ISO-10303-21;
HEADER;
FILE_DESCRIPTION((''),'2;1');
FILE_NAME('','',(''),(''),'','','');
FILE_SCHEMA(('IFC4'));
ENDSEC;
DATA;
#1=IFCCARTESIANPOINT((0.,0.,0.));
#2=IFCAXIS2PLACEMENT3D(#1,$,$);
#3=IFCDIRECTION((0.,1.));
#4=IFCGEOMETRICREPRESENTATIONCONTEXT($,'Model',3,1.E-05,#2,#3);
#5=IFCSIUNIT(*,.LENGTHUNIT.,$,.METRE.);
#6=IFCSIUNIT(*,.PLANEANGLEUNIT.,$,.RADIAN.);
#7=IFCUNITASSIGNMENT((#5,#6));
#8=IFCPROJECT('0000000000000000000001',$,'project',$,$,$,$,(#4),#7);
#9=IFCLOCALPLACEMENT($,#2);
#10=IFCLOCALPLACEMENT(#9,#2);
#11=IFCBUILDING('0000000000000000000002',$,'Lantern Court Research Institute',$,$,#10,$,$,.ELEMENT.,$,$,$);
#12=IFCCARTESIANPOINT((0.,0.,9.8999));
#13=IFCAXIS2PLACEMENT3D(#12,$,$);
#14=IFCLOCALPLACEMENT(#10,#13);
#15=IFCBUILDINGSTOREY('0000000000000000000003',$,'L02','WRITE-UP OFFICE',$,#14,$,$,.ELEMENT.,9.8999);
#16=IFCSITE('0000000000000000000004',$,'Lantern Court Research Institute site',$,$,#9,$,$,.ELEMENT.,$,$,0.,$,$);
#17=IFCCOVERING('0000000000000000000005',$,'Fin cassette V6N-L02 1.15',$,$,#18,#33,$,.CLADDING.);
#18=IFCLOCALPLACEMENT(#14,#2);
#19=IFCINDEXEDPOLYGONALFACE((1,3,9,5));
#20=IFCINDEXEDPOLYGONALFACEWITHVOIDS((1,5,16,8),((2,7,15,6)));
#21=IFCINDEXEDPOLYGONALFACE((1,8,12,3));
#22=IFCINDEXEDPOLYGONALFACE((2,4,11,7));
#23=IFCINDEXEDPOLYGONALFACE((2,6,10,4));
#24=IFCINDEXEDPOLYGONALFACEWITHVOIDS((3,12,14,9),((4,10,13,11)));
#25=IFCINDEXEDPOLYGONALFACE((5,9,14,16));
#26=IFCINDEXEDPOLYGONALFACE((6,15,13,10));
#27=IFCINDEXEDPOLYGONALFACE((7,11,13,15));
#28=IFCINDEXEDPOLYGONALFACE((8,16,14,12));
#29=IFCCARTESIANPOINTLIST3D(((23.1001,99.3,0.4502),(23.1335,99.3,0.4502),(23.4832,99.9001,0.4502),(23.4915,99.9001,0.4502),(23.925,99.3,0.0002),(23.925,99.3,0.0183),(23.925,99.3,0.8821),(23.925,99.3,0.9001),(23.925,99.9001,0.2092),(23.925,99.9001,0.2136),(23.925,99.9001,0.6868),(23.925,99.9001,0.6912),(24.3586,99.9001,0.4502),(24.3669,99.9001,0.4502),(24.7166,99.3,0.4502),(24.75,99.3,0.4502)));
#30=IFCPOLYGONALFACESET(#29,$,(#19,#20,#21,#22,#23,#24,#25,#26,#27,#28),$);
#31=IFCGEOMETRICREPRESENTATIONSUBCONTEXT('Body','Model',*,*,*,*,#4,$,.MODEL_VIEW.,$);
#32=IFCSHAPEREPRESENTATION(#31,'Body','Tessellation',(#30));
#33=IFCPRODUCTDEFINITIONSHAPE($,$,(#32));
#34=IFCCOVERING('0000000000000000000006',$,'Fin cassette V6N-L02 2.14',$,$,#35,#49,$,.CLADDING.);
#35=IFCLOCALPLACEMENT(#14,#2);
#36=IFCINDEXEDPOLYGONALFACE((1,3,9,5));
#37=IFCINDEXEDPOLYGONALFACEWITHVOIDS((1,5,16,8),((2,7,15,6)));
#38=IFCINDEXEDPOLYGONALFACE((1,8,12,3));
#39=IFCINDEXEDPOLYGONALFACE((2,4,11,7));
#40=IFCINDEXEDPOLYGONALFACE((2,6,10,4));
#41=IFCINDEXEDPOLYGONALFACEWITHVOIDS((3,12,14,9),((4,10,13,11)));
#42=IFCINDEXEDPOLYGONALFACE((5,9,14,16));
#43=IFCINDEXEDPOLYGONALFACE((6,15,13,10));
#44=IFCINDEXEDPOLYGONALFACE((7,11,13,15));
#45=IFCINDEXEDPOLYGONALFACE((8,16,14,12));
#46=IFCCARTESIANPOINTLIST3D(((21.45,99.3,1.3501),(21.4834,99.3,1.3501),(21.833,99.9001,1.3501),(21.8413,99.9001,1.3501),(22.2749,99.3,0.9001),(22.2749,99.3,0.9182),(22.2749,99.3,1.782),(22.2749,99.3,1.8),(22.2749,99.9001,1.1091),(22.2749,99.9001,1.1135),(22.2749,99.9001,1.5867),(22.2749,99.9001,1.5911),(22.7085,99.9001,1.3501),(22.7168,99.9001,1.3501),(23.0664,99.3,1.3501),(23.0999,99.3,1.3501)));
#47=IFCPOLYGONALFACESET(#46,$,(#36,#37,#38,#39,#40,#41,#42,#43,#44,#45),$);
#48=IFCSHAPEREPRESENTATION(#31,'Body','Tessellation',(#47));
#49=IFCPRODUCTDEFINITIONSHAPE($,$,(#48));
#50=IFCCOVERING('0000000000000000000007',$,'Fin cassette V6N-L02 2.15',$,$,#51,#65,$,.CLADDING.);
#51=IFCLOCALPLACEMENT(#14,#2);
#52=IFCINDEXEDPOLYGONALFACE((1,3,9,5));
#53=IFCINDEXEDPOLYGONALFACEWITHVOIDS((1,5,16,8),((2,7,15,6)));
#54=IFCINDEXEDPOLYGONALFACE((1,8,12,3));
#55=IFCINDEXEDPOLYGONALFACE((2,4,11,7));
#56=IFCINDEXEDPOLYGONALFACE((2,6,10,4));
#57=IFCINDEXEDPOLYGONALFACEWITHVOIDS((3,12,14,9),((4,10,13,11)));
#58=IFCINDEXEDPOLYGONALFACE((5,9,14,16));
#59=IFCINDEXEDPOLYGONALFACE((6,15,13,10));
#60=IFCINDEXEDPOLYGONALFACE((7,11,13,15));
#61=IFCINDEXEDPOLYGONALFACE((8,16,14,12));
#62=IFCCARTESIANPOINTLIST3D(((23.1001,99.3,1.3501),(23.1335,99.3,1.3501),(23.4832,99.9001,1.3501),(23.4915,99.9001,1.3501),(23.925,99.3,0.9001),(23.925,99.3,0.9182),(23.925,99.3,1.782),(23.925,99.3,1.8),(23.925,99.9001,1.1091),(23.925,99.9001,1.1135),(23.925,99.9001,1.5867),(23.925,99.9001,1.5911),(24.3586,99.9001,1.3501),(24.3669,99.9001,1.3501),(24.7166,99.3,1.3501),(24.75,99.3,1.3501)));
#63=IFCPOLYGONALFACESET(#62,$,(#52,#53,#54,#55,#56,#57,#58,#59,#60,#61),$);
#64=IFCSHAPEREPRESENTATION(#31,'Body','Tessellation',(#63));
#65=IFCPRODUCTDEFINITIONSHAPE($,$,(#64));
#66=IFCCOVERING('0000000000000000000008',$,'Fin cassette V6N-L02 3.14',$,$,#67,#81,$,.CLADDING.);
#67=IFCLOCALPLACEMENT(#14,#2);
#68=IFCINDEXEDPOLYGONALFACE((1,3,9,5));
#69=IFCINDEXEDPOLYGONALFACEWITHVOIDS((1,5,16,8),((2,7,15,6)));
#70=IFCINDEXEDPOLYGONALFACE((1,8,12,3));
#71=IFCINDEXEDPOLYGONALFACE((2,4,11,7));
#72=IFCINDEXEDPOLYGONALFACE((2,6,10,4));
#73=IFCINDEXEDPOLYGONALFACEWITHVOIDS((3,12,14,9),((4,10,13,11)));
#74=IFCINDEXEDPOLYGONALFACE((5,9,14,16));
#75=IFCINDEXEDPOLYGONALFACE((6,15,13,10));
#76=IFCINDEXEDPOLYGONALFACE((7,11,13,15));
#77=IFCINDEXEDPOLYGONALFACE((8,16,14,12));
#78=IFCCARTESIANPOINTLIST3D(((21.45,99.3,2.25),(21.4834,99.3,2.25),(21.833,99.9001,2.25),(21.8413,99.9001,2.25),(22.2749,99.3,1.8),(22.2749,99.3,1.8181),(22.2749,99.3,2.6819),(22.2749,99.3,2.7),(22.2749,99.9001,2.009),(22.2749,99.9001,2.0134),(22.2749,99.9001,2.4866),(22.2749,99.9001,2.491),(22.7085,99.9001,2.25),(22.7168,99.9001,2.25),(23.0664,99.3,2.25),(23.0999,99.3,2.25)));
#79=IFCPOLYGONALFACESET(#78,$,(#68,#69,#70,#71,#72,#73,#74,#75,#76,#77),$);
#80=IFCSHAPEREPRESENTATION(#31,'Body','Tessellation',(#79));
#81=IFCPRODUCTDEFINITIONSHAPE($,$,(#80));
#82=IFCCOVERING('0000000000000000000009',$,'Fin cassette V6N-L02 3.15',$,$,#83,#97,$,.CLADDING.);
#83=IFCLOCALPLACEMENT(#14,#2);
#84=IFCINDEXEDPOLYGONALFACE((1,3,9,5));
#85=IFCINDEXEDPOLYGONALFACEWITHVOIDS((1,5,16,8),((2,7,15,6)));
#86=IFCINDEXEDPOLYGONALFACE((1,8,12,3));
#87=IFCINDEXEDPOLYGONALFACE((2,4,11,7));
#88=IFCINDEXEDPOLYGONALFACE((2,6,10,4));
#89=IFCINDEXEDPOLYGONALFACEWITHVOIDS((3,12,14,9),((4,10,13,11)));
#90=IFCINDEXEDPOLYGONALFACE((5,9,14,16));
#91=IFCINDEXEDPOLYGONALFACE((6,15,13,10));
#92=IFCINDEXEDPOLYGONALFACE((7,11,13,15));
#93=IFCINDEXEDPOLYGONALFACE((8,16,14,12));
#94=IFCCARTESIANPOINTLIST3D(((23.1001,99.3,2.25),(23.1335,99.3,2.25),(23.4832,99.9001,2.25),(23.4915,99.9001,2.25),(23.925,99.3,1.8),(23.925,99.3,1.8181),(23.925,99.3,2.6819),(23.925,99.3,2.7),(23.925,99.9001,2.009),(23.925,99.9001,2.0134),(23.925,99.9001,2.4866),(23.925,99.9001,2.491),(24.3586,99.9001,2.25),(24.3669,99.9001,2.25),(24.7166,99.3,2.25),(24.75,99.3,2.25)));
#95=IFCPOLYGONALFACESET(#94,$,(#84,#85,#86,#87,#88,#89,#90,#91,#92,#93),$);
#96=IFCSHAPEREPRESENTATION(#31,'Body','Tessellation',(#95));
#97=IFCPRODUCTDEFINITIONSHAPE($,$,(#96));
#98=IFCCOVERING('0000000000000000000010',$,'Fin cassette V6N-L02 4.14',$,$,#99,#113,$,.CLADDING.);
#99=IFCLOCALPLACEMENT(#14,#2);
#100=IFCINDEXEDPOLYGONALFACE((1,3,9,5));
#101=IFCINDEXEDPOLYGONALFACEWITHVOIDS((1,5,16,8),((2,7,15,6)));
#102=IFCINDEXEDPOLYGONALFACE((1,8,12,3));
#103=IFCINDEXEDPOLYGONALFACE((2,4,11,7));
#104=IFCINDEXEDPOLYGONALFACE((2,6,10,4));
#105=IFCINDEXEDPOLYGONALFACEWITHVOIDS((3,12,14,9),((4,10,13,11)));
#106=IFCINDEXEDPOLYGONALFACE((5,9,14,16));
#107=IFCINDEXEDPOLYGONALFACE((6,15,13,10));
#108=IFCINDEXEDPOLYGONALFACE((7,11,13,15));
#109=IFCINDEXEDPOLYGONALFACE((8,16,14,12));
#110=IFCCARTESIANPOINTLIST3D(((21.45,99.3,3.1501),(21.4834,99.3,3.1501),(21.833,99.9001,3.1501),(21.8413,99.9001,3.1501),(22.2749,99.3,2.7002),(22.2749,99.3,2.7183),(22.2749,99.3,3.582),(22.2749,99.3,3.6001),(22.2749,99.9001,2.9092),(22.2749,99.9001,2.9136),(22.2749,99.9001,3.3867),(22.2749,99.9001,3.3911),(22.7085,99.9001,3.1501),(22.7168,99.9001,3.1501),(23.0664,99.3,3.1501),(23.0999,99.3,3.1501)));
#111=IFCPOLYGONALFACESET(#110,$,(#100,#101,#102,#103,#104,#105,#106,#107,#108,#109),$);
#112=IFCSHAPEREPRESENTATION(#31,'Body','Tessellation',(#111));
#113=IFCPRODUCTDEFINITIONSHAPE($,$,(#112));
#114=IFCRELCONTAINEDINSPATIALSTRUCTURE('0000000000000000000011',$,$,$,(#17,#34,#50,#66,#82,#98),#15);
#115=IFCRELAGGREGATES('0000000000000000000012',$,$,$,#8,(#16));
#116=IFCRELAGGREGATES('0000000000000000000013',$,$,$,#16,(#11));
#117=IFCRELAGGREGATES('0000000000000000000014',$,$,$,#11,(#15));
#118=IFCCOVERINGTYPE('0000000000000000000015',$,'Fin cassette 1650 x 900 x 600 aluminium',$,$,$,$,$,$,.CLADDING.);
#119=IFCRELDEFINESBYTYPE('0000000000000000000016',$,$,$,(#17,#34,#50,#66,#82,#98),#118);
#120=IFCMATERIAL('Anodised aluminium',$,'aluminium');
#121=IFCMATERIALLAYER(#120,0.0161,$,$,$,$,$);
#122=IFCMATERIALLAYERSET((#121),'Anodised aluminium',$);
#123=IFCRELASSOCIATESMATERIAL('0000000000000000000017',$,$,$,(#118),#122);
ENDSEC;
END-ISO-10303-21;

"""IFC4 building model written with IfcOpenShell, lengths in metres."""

from ifc_helpers import new_model, entity, si_unit, direction, frame, origin, place, context, subcontext, project, spatial, material, layer, layer_set, type_object, element, save


model = new_model("IFC4")

# Units and contexts
model_context = context("Model", 3, precision=1e-05, world=origin(), true_north=direction((0.0, 1.0)))
body_context = subcontext(model_context, "Body", "Model", "MODEL_VIEW")
ifc_project = project(units=[si_unit("LENGTHUNIT", "METRE"), si_unit("PLANEANGLEUNIT", "RADIAN")], contexts=[model_context])

# Site, building, storey
site_placement = place(None, origin())
site = spatial("IfcSite", under=ifc_project, at=site_placement, Name="Lantern Court Research Institute site", CompositionType="ELEMENT", RefElevation=0.0)
building_placement = place(site_placement, origin())
building = spatial("IfcBuilding", under=site, at=building_placement, Name="Lantern Court Research Institute", CompositionType="ELEMENT")
storey_placement = place(building_placement, frame((0.0, 0.0, 9.8999)))
storey = spatial("IfcBuildingStorey", under=building, at=storey_placement, Name="L02", Description="WRITE-UP OFFICE", CompositionType="ELEMENT", Elevation=9.8999)

# Coverings
ifc_material_1 = material(Name="Anodised aluminium", Category="aluminium")
ifc_layer_1 = layer(ifc_material_1, 0.0161)
ifc_layer_set_1 = layer_set([ifc_layer_1], Name="Anodised aluminium")
covering_type_1 = type_object("IfcCoveringType", Name="Fin cassette 1650 x 900 x 600 aluminium", PredefinedType="CLADDING", material=ifc_layer_set_1)
covering_1_placement = place(storey_placement, frame((23.925, 99.3, 0.4502), z_axis=(0.0, 1.0, 0.0), x_axis=(-1.0, 0.0, 0.0)))
cartesian_point_1 = entity("IfcCartesianPoint", [0.825, 0.0])
cartesian_point_2 = entity("IfcCartesianPoint", [0.7915, 0.0])
cartesian_point_3 = entity("IfcCartesianPoint", [0.4419, 0.0])
cartesian_point_4 = entity("IfcCartesianPoint", [0.4336, 0.0])
element("IfcCovering", 1, at=covering_1_placement, inside=storey, type_object=covering_type_1, Name="Fin cassette V6N-L02 1.15", PredefinedType="CLADDING", context=body_context, shape_type="SweptSolid", body=[
    entity("IfcExtrudedAreaSolidTapered", entity("IfcArbitraryProfileDefWithVoids", "AREA", None, entity("IfcPolyline", [cartesian_point_1, entity("IfcCartesianPoint", [0.0, 0.45]), entity("IfcCartesianPoint", [-0.825, 0.0]), entity("IfcCartesianPoint", [0.0, -0.45]), cartesian_point_1]), [entity("IfcPolyline", [cartesian_point_2, entity("IfcCartesianPoint", [0.0, 0.4319]), entity("IfcCartesianPoint", [-0.7915, 0.0]), entity("IfcCartesianPoint", [0.0, -0.4319]), cartesian_point_2])]), entity("IfcAxis2Placement3D", entity("IfcCartesianPoint", [0.0, 0.0, 0.0])), entity("IfcDirection", [0.0, 0.0, 1.0]), 0.6001, entity("IfcArbitraryProfileDefWithVoids", "AREA", None, entity("IfcPolyline", [cartesian_point_3, entity("IfcCartesianPoint", [0.0, 0.241]), entity("IfcCartesianPoint", [-0.4419, 0.0]), entity("IfcCartesianPoint", [0.0, -0.241]), cartesian_point_3]), [entity("IfcPolyline", [cartesian_point_4, entity("IfcCartesianPoint", [0.0, 0.2366]), entity("IfcCartesianPoint", [-0.4336, 0.0]), entity("IfcCartesianPoint", [0.0, -0.2366]), cartesian_point_4])])),
])
covering_2_placement = place(storey_placement, frame((22.2749, 99.3, 1.3501), z_axis=(0.0, 1.0, 0.0), x_axis=(-1.0, 0.0, 0.0)))
cartesian_point_5 = entity("IfcCartesianPoint", [0.825, 0.0])
cartesian_point_6 = entity("IfcCartesianPoint", [0.7915, 0.0])
cartesian_point_7 = entity("IfcCartesianPoint", [0.4419, 0.0])
cartesian_point_8 = entity("IfcCartesianPoint", [0.4336, 0.0])
element("IfcCovering", 2, at=covering_2_placement, inside=storey, type_object=covering_type_1, Name="Fin cassette V6N-L02 2.14", PredefinedType="CLADDING", context=body_context, shape_type="SweptSolid", body=[
    entity("IfcExtrudedAreaSolidTapered", entity("IfcArbitraryProfileDefWithVoids", "AREA", None, entity("IfcPolyline", [cartesian_point_5, entity("IfcCartesianPoint", [0.0, 0.45]), entity("IfcCartesianPoint", [-0.825, 0.0]), entity("IfcCartesianPoint", [0.0, -0.45]), cartesian_point_5]), [entity("IfcPolyline", [cartesian_point_6, entity("IfcCartesianPoint", [0.0, 0.4319]), entity("IfcCartesianPoint", [-0.7915, 0.0]), entity("IfcCartesianPoint", [0.0, -0.4319]), cartesian_point_6])]), entity("IfcAxis2Placement3D", entity("IfcCartesianPoint", [0.0, 0.0, 0.0])), entity("IfcDirection", [0.0, 0.0, 1.0]), 0.6001, entity("IfcArbitraryProfileDefWithVoids", "AREA", None, entity("IfcPolyline", [cartesian_point_7, entity("IfcCartesianPoint", [0.0, 0.241]), entity("IfcCartesianPoint", [-0.4419, 0.0]), entity("IfcCartesianPoint", [0.0, -0.241]), cartesian_point_7]), [entity("IfcPolyline", [cartesian_point_8, entity("IfcCartesianPoint", [0.0, 0.2366]), entity("IfcCartesianPoint", [-0.4336, 0.0]), entity("IfcCartesianPoint", [0.0, -0.2366]), cartesian_point_8])])),
])
covering_3_placement = place(storey_placement, frame((23.925, 99.3, 1.3501), z_axis=(0.0, 1.0, 0.0), x_axis=(-1.0, 0.0, 0.0)))
cartesian_point_9 = entity("IfcCartesianPoint", [0.825, 0.0])
cartesian_point_10 = entity("IfcCartesianPoint", [0.7915, 0.0])
cartesian_point_11 = entity("IfcCartesianPoint", [0.4419, 0.0])
cartesian_point_12 = entity("IfcCartesianPoint", [0.4336, 0.0])
element("IfcCovering", 3, at=covering_3_placement, inside=storey, type_object=covering_type_1, Name="Fin cassette V6N-L02 2.15", PredefinedType="CLADDING", context=body_context, shape_type="SweptSolid", body=[
    entity("IfcExtrudedAreaSolidTapered", entity("IfcArbitraryProfileDefWithVoids", "AREA", None, entity("IfcPolyline", [cartesian_point_9, entity("IfcCartesianPoint", [0.0, 0.45]), entity("IfcCartesianPoint", [-0.825, 0.0]), entity("IfcCartesianPoint", [0.0, -0.45]), cartesian_point_9]), [entity("IfcPolyline", [cartesian_point_10, entity("IfcCartesianPoint", [0.0, 0.4319]), entity("IfcCartesianPoint", [-0.7915, 0.0]), entity("IfcCartesianPoint", [0.0, -0.4319]), cartesian_point_10])]), entity("IfcAxis2Placement3D", entity("IfcCartesianPoint", [0.0, 0.0, 0.0])), entity("IfcDirection", [0.0, 0.0, 1.0]), 0.6001, entity("IfcArbitraryProfileDefWithVoids", "AREA", None, entity("IfcPolyline", [cartesian_point_11, entity("IfcCartesianPoint", [0.0, 0.241]), entity("IfcCartesianPoint", [-0.4419, 0.0]), entity("IfcCartesianPoint", [0.0, -0.241]), cartesian_point_11]), [entity("IfcPolyline", [cartesian_point_12, entity("IfcCartesianPoint", [0.0, 0.2366]), entity("IfcCartesianPoint", [-0.4336, 0.0]), entity("IfcCartesianPoint", [0.0, -0.2366]), cartesian_point_12])])),
])
covering_4_placement = place(storey_placement, frame((22.2749, 99.3, 2.25), z_axis=(0.0, 1.0, 0.0), x_axis=(-1.0, 0.0, 0.0)))
cartesian_point_13 = entity("IfcCartesianPoint", [0.825, 0.0])
cartesian_point_14 = entity("IfcCartesianPoint", [0.7915, 0.0])
cartesian_point_15 = entity("IfcCartesianPoint", [0.4419, 0.0])
cartesian_point_16 = entity("IfcCartesianPoint", [0.4336, 0.0])
element("IfcCovering", 4, at=covering_4_placement, inside=storey, type_object=covering_type_1, Name="Fin cassette V6N-L02 3.14", PredefinedType="CLADDING", context=body_context, shape_type="SweptSolid", body=[
    entity("IfcExtrudedAreaSolidTapered", entity("IfcArbitraryProfileDefWithVoids", "AREA", None, entity("IfcPolyline", [cartesian_point_13, entity("IfcCartesianPoint", [0.0, 0.45]), entity("IfcCartesianPoint", [-0.825, 0.0]), entity("IfcCartesianPoint", [0.0, -0.45]), cartesian_point_13]), [entity("IfcPolyline", [cartesian_point_14, entity("IfcCartesianPoint", [0.0, 0.4319]), entity("IfcCartesianPoint", [-0.7915, 0.0]), entity("IfcCartesianPoint", [0.0, -0.4319]), cartesian_point_14])]), entity("IfcAxis2Placement3D", entity("IfcCartesianPoint", [0.0, 0.0, 0.0])), entity("IfcDirection", [0.0, 0.0, 1.0]), 0.6001, entity("IfcArbitraryProfileDefWithVoids", "AREA", None, entity("IfcPolyline", [cartesian_point_15, entity("IfcCartesianPoint", [0.0, 0.241]), entity("IfcCartesianPoint", [-0.4419, 0.0]), entity("IfcCartesianPoint", [0.0, -0.241]), cartesian_point_15]), [entity("IfcPolyline", [cartesian_point_16, entity("IfcCartesianPoint", [0.0, 0.2366]), entity("IfcCartesianPoint", [-0.4336, 0.0]), entity("IfcCartesianPoint", [0.0, -0.2366]), cartesian_point_16])])),
])
covering_5_placement = place(storey_placement, frame((23.925, 99.3, 2.25), z_axis=(0.0, 1.0, 0.0), x_axis=(-1.0, 0.0, 0.0)))
cartesian_point_17 = entity("IfcCartesianPoint", [0.825, 0.0])
cartesian_point_18 = entity("IfcCartesianPoint", [0.7915, 0.0])
cartesian_point_19 = entity("IfcCartesianPoint", [0.4419, 0.0])
cartesian_point_20 = entity("IfcCartesianPoint", [0.4336, 0.0])
element("IfcCovering", 5, at=covering_5_placement, inside=storey, type_object=covering_type_1, Name="Fin cassette V6N-L02 3.15", PredefinedType="CLADDING", context=body_context, shape_type="SweptSolid", body=[
    entity("IfcExtrudedAreaSolidTapered", entity("IfcArbitraryProfileDefWithVoids", "AREA", None, entity("IfcPolyline", [cartesian_point_17, entity("IfcCartesianPoint", [0.0, 0.45]), entity("IfcCartesianPoint", [-0.825, 0.0]), entity("IfcCartesianPoint", [0.0, -0.45]), cartesian_point_17]), [entity("IfcPolyline", [cartesian_point_18, entity("IfcCartesianPoint", [0.0, 0.4319]), entity("IfcCartesianPoint", [-0.7915, 0.0]), entity("IfcCartesianPoint", [0.0, -0.4319]), cartesian_point_18])]), entity("IfcAxis2Placement3D", entity("IfcCartesianPoint", [0.0, 0.0, 0.0])), entity("IfcDirection", [0.0, 0.0, 1.0]), 0.6001, entity("IfcArbitraryProfileDefWithVoids", "AREA", None, entity("IfcPolyline", [cartesian_point_19, entity("IfcCartesianPoint", [0.0, 0.241]), entity("IfcCartesianPoint", [-0.4419, 0.0]), entity("IfcCartesianPoint", [0.0, -0.241]), cartesian_point_19]), [entity("IfcPolyline", [cartesian_point_20, entity("IfcCartesianPoint", [0.0, 0.2366]), entity("IfcCartesianPoint", [-0.4336, 0.0]), entity("IfcCartesianPoint", [0.0, -0.2366]), cartesian_point_20])])),
])
covering_6_placement = place(storey_placement, frame((22.2749, 99.3, 3.1501), z_axis=(0.0, 1.0, 0.0), x_axis=(-1.0, 0.0, 0.0)))
cartesian_point_21 = entity("IfcCartesianPoint", [0.825, 0.0])
cartesian_point_22 = entity("IfcCartesianPoint", [0.7915, 0.0])
cartesian_point_23 = entity("IfcCartesianPoint", [0.4419, 0.0])
cartesian_point_24 = entity("IfcCartesianPoint", [0.4336, 0.0])
element("IfcCovering", 6, at=covering_6_placement, inside=storey, type_object=covering_type_1, Name="Fin cassette V6N-L02 4.14", PredefinedType="CLADDING", context=body_context, shape_type="SweptSolid", body=[
    entity("IfcExtrudedAreaSolidTapered", entity("IfcArbitraryProfileDefWithVoids", "AREA", None, entity("IfcPolyline", [cartesian_point_21, entity("IfcCartesianPoint", [0.0, 0.45]), entity("IfcCartesianPoint", [-0.825, 0.0]), entity("IfcCartesianPoint", [0.0, -0.45]), cartesian_point_21]), [entity("IfcPolyline", [cartesian_point_22, entity("IfcCartesianPoint", [0.0, 0.4319]), entity("IfcCartesianPoint", [-0.7915, 0.0]), entity("IfcCartesianPoint", [0.0, -0.4319]), cartesian_point_22])]), entity("IfcAxis2Placement3D", entity("IfcCartesianPoint", [0.0, 0.0, 0.0])), entity("IfcDirection", [0.0, 0.0, 1.0]), 0.6001, entity("IfcArbitraryProfileDefWithVoids", "AREA", None, entity("IfcPolyline", [cartesian_point_23, entity("IfcCartesianPoint", [0.0, 0.241]), entity("IfcCartesianPoint", [-0.4419, 0.0]), entity("IfcCartesianPoint", [0.0, -0.241]), cartesian_point_23]), [entity("IfcPolyline", [cartesian_point_24, entity("IfcCartesianPoint", [0.0, 0.2366]), entity("IfcCartesianPoint", [-0.4336, 0.0]), entity("IfcCartesianPoint", [0.0, -0.2366]), cartesian_point_24])])),
])

save(model, "model.ifc")
